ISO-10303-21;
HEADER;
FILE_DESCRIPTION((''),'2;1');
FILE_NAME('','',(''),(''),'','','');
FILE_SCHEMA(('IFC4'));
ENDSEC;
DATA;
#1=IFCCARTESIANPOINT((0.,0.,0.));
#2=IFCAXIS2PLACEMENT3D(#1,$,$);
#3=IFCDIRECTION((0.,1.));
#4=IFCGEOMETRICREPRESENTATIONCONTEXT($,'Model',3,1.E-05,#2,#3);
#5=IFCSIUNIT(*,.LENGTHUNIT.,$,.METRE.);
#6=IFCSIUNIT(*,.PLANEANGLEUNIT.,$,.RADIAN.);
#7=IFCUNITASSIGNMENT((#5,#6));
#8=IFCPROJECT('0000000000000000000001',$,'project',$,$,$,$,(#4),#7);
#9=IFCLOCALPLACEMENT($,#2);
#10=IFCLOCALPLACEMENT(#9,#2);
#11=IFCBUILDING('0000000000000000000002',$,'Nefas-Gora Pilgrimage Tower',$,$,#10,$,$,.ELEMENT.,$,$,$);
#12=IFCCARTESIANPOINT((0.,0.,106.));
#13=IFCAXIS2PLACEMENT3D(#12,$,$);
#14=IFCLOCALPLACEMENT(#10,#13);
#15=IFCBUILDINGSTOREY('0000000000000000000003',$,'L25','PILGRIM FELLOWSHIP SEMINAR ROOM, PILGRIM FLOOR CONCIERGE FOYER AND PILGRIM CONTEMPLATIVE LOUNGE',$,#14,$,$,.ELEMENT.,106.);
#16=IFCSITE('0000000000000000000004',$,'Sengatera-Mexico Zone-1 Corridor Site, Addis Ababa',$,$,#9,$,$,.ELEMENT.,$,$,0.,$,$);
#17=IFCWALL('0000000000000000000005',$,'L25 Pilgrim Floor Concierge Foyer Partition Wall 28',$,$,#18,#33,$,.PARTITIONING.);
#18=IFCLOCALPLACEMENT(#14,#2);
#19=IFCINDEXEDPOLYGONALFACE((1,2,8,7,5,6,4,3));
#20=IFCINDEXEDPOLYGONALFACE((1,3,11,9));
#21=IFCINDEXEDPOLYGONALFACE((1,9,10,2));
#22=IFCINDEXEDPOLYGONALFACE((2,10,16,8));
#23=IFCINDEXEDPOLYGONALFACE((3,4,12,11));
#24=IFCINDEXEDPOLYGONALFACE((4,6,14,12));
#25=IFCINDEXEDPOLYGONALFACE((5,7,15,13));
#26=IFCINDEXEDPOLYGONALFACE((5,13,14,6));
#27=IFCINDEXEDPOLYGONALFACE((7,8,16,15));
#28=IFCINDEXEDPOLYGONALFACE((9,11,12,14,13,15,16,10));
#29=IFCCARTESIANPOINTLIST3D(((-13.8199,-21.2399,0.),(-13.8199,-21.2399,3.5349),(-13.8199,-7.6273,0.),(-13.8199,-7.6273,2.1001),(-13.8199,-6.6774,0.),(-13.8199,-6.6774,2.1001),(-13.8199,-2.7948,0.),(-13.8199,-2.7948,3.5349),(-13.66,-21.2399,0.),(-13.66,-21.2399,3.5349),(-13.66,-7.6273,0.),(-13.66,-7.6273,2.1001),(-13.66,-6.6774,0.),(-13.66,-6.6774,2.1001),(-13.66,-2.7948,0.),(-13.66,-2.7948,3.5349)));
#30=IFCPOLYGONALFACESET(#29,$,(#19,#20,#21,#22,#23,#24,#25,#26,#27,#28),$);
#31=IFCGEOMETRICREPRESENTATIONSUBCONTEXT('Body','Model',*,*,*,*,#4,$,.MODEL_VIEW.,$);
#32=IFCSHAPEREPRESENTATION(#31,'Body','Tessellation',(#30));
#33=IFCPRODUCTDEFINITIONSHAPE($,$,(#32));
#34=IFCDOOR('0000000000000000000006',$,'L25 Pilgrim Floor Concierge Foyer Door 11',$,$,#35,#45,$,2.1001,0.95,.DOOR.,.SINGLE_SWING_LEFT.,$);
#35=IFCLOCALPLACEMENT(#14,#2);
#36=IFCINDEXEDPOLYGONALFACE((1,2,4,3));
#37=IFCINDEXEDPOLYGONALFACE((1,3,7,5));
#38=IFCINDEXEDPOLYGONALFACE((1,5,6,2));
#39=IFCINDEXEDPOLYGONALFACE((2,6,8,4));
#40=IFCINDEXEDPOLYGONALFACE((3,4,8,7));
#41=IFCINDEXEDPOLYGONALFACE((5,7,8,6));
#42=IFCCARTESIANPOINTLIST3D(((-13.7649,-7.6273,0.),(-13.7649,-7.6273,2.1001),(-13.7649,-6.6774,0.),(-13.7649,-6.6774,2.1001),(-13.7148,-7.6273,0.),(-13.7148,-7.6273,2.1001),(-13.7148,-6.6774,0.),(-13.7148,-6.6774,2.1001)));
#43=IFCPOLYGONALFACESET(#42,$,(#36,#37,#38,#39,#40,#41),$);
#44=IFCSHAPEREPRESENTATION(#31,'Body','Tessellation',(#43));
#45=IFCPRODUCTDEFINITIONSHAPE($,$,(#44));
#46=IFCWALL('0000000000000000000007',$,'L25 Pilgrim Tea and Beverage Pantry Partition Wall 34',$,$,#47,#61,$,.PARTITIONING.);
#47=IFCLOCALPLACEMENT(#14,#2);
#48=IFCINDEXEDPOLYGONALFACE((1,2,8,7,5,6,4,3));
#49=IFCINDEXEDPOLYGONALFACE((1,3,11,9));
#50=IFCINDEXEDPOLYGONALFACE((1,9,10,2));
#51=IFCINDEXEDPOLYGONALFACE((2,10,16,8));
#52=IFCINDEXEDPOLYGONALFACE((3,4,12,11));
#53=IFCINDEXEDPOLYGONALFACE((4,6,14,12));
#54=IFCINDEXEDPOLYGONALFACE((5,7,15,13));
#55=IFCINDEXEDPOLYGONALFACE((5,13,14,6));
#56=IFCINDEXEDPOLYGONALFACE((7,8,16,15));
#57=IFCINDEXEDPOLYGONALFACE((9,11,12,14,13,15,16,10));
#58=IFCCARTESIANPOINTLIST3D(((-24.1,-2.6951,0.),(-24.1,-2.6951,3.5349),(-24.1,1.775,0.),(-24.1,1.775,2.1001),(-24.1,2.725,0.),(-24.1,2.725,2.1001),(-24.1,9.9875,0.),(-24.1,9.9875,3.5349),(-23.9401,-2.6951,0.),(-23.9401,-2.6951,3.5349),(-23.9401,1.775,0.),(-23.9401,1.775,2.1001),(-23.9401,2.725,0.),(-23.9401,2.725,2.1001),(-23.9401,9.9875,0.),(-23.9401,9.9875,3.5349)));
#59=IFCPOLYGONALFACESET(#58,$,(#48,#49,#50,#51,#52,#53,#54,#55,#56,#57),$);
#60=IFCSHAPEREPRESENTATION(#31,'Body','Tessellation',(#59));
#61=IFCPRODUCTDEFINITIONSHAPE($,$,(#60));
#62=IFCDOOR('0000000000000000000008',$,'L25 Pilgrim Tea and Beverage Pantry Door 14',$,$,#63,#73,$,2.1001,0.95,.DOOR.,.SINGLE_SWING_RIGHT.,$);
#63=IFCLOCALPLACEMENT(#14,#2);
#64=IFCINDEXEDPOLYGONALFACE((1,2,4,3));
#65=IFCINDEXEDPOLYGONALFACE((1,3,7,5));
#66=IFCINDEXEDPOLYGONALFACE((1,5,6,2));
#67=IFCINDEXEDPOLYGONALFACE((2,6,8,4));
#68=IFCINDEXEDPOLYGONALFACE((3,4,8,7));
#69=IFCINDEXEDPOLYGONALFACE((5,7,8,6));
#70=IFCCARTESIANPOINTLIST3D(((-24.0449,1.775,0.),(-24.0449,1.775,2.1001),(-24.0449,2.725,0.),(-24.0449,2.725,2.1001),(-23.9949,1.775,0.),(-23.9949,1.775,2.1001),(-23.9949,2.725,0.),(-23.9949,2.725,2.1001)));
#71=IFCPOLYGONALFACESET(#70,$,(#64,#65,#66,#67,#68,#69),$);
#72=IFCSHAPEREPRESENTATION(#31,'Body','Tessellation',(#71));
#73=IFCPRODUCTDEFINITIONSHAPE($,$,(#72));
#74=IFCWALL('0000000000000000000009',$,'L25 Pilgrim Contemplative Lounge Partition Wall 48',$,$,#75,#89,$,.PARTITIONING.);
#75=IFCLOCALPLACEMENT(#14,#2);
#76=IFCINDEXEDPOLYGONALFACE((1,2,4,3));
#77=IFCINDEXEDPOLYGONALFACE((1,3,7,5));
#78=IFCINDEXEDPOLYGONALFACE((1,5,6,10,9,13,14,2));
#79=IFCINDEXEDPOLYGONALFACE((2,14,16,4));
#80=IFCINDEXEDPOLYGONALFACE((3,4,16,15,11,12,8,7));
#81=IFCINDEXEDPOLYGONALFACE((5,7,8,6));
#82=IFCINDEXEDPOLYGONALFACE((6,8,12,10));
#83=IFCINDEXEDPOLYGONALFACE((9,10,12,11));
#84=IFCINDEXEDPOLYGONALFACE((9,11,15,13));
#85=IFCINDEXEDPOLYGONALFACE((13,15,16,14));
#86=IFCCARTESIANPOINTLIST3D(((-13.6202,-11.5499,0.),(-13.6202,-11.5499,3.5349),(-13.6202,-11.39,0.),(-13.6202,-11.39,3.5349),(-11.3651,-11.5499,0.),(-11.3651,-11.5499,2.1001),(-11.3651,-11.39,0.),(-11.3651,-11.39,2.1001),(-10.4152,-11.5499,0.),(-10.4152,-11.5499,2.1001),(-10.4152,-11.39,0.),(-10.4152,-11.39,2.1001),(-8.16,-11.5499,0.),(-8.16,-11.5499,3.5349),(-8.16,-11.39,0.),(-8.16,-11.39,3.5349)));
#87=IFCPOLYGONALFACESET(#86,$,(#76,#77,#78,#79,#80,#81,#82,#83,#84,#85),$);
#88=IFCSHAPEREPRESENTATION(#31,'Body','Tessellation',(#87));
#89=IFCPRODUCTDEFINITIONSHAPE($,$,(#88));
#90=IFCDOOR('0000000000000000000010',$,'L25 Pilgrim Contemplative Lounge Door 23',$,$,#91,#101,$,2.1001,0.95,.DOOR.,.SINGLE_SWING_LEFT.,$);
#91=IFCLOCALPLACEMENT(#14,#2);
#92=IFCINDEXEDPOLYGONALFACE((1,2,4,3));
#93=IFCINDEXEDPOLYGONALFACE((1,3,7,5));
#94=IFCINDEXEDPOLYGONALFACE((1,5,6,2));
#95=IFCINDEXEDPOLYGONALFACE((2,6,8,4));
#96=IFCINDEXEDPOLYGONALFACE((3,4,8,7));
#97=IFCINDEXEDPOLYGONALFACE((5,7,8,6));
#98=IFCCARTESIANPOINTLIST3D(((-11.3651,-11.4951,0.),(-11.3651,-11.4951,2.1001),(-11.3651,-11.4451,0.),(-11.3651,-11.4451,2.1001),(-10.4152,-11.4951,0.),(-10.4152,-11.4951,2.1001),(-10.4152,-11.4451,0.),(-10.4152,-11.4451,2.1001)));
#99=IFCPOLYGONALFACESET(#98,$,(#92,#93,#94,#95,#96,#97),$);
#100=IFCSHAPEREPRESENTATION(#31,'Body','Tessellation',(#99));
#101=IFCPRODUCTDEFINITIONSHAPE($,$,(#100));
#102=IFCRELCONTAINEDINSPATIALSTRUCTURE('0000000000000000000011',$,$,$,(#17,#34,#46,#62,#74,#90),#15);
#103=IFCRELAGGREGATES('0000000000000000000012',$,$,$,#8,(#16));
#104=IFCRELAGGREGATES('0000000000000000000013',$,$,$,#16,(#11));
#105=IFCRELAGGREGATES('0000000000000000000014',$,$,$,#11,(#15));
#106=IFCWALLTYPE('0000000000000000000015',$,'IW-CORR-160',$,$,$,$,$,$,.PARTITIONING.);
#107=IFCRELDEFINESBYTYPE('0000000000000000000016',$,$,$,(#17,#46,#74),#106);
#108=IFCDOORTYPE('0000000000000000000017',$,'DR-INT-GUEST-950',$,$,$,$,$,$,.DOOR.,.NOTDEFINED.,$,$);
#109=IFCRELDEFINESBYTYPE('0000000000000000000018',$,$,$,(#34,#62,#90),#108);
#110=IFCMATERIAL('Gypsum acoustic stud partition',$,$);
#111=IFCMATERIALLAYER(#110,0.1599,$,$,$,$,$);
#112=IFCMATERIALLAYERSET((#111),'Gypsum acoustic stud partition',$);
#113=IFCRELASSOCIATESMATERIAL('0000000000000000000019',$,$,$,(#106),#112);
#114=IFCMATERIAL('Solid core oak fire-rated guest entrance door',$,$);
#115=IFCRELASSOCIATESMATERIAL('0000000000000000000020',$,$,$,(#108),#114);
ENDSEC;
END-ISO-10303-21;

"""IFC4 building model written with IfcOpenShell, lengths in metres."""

from ifc_helpers import new_model, si_unit, direction, frame, frame_2d, origin, place, context, subcontext, project, spatial, rectangle, extrude, source, transform, mapped, material, layer, layer_set, type_object, element, fill, save


model = new_model("IFC4")

# Units and contexts
model_context = context("Model", 3, precision=1e-05, world=origin(), true_north=direction((0.0, 1.0)))
body_context = subcontext(model_context, "Body", "Model", "MODEL_VIEW")
ifc_project = project(units=[si_unit("LENGTHUNIT", "METRE"), si_unit("PLANEANGLEUNIT", "RADIAN")], contexts=[model_context])

# Site, building, storey
site_placement = place(None, origin())
site = spatial("IfcSite", under=ifc_project, at=site_placement, Name="Sengatera-Mexico Zone-1 Corridor Site, Addis Ababa", CompositionType="ELEMENT", RefElevation=0.0)
building_placement = place(site_placement, origin())
building = spatial("IfcBuilding", under=site, at=building_placement, Name="Nefas-Gora Pilgrimage Tower", CompositionType="ELEMENT")
storey_placement = place(building_placement, frame((0.0, 0.0, 106.0)))
storey = spatial("IfcBuildingStorey", under=building, at=storey_placement, Name="L25", Description="PILGRIM FELLOWSHIP SEMINAR ROOM, PILGRIM FLOOR CONCIERGE FOYER AND PILGRIM CONTEMPLATIVE LOUNGE", CompositionType="ELEMENT", Elevation=106.0)

# Walls, openings, doors
ifc_material_1 = material(Name="Gypsum acoustic stud partition")
ifc_layer_1 = layer(ifc_material_1, 0.1599)
ifc_layer_set_1 = layer_set([ifc_layer_1], Name="Gypsum acoustic stud partition")
wall_type_1 = type_object("IfcWallType", Name="IW-CORR-160", PredefinedType="PARTITIONING", material=ifc_layer_set_1)
shared_shape_1 = source(origin(), body_context, "Body", "SweptSolid", [
    extrude(rectangle(XDim=18.4451, YDim=0.1599, at=frame_2d((9.2227, 0.0))), origin(), (0.0, 0.0, 1.0), 3.5349),
])
wall_1_placement = place(storey_placement, frame((-13.74, -21.24, 0.0), z_axis=(0.0, 0.0, 1.0), x_axis=(0.0, 1.0, 0.0)))
wall_1 = element("IfcWall", 1, at=wall_1_placement, inside=storey, type_object=wall_type_1, Name="L25 Pilgrim Floor Concierge Foyer Partition Wall 28", PredefinedType="PARTITIONING", context=body_context, shape_type="MappedRepresentation", body=[
    mapped(shared_shape_1, transform((0.0, 0.0, 0.0), x_axis=(1.0, 0.0, 0.0), y_axis=(0.0, 1.0, 0.0), z_axis=(0.0, 0.0, 1.0), scale=1.0)),
])
opening_1_placement = place(wall_1_placement, frame((13.6125, 0.0, 0.0)))
opening_1 = element("IfcOpeningElement", 2, at=opening_1_placement, cuts=wall_1, PredefinedType="OPENING", context=body_context, shape_type="SweptSolid", body=[
    extrude(rectangle(XDim=0.95, YDim=2.1001, at=frame_2d((0.4751, 1.05))), frame((0.0, 0.0898, 0.0), z_axis=(0.0, -1.0, 0.0), x_axis=(1.0, 0.0, 0.0)), (0.0, 0.0, 1.0), 0.1799),
])
ifc_material_2 = material(Name="Solid core oak fire-rated guest entrance door")
door_type_1 = type_object("IfcDoorType", Name="DR-INT-GUEST-950", OperationType="NOTDEFINED", PredefinedType="DOOR", material=ifc_material_2)
shared_shape_2 = source(origin(), body_context, "Body", "SweptSolid", [
    extrude(rectangle(XDim=0.95, YDim=2.1001, at=frame_2d((0.4751, 1.05))), frame((0.0, 0.0249, 0.0), z_axis=(0.0, -1.0, 0.0), x_axis=(1.0, 0.0, 0.0)), (0.0, 0.0, 1.0), 0.05),
])
door_1_placement = place(opening_1_placement, origin())
door_1 = element("IfcDoor", 3, at=door_1_placement, inside=storey, type_object=door_type_1, Name="L25 Pilgrim Floor Concierge Foyer Door 11", OperationType="SINGLE_SWING_LEFT", OverallHeight=2.1001, OverallWidth=0.95, PredefinedType="DOOR", context=body_context, shape_type="MappedRepresentation", body=[
    mapped(shared_shape_2, transform((0.0, 0.0, 0.0), x_axis=(1.0, 0.0, 0.0), y_axis=(0.0, 1.0, 0.0), z_axis=(0.0, 0.0, 1.0), scale=1.0)),
])
fill(opening_1, door_1)
shared_shape_3 = source(origin(), body_context, "Body", "SweptSolid", [
    extrude(rectangle(XDim=12.6826, YDim=0.1599, at=frame_2d((6.3413, 0.0))), origin(), (0.0, 0.0, 1.0), 3.5349),
])
wall_2_placement = place(storey_placement, frame((-24.02, -2.6951, 0.0), z_axis=(0.0, 0.0, 1.0), x_axis=(0.0, 1.0, 0.0)))
wall_2 = element("IfcWall", 4, at=wall_2_placement, inside=storey, type_object=wall_type_1, Name="L25 Pilgrim Tea and Beverage Pantry Partition Wall 34", PredefinedType="PARTITIONING", context=body_context, shape_type="MappedRepresentation", body=[
    mapped(shared_shape_3, transform((0.0, 0.0, 0.0), x_axis=(1.0, 0.0, 0.0), y_axis=(0.0, 1.0, 0.0), z_axis=(0.0, 0.0, 1.0), scale=1.0)),
])
opening_2_placement = place(wall_2_placement, frame((4.47, 0.0, 0.0)))
opening_2 = element("IfcOpeningElement", 5, at=opening_2_placement, cuts=wall_2, PredefinedType="OPENING", context=body_context, shape_type="SweptSolid", body=[
    extrude(rectangle(XDim=0.95, YDim=2.1001, at=frame_2d((0.4751, 1.05))), frame((0.0, 0.0898, 0.0), z_axis=(0.0, -1.0, 0.0), x_axis=(1.0, 0.0, 0.0)), (0.0, 0.0, 1.0), 0.1799),
])
door_2_placement = place(opening_2_placement, origin())
door_2 = element("IfcDoor", 6, at=door_2_placement, inside=storey, type_object=door_type_1, Name="L25 Pilgrim Tea and Beverage Pantry Door 14", OperationType="SINGLE_SWING_RIGHT", OverallHeight=2.1001, OverallWidth=0.95, PredefinedType="DOOR", context=body_context, shape_type="MappedRepresentation", body=[
    mapped(shared_shape_2, transform((0.0, 0.0, 0.0), x_axis=(1.0, 0.0, 0.0), y_axis=(0.0, 1.0, 0.0), z_axis=(0.0, 0.0, 1.0), scale=1.0)),
])
fill(opening_2, door_2)
shared_shape_4 = source(origin(), body_context, "Body", "SweptSolid", [
    extrude(rectangle(XDim=5.4602, YDim=0.1599, at=frame_2d((2.73, 0.0))), origin(), (0.0, 0.0, 1.0), 3.5349),
])
wall_3_placement = place(storey_placement, frame((-13.6201, -11.47, 0.0), z_axis=(0.0, 0.0, 1.0), x_axis=(1.0, 0.0, 0.0)))
wall_3 = element("IfcWall", 7, at=wall_3_placement, inside=storey, type_object=wall_type_1, Name="L25 Pilgrim Contemplative Lounge Partition Wall 48", PredefinedType="PARTITIONING", context=body_context, shape_type="MappedRepresentation", body=[
    mapped(shared_shape_4, transform((0.0, 0.0, 0.0), x_axis=(1.0, 0.0, 0.0), y_axis=(0.0, 1.0, 0.0), z_axis=(0.0, 0.0, 1.0), scale=1.0)),
])
opening_3_placement = place(wall_3_placement, frame((2.2549, 0.0, 0.0)))
opening_3 = element("IfcOpeningElement", 8, at=opening_3_placement, cuts=wall_3, PredefinedType="OPENING", context=body_context, shape_type="SweptSolid", body=[
    extrude(rectangle(XDim=0.95, YDim=2.1001, at=frame_2d((0.4751, 1.05))), frame((0.0, 0.0898, 0.0), z_axis=(0.0, -1.0, 0.0), x_axis=(1.0, 0.0, 0.0)), (0.0, 0.0, 1.0), 0.1799),
])
door_3_placement = place(opening_3_placement, origin())
door_3 = element("IfcDoor", 9, at=door_3_placement, inside=storey, type_object=door_type_1, Name="L25 Pilgrim Contemplative Lounge Door 23", OperationType="SINGLE_SWING_LEFT", OverallHeight=2.1001, OverallWidth=0.95, PredefinedType="DOOR", context=body_context, shape_type="MappedRepresentation", body=[
    mapped(shared_shape_2, transform((0.0, 0.0, 0.0), x_axis=(1.0, 0.0, 0.0), y_axis=(0.0, 1.0, 0.0), z_axis=(0.0, 0.0, 1.0), scale=1.0)),
])
fill(opening_3, door_3)

save(model, "model.ifc")
